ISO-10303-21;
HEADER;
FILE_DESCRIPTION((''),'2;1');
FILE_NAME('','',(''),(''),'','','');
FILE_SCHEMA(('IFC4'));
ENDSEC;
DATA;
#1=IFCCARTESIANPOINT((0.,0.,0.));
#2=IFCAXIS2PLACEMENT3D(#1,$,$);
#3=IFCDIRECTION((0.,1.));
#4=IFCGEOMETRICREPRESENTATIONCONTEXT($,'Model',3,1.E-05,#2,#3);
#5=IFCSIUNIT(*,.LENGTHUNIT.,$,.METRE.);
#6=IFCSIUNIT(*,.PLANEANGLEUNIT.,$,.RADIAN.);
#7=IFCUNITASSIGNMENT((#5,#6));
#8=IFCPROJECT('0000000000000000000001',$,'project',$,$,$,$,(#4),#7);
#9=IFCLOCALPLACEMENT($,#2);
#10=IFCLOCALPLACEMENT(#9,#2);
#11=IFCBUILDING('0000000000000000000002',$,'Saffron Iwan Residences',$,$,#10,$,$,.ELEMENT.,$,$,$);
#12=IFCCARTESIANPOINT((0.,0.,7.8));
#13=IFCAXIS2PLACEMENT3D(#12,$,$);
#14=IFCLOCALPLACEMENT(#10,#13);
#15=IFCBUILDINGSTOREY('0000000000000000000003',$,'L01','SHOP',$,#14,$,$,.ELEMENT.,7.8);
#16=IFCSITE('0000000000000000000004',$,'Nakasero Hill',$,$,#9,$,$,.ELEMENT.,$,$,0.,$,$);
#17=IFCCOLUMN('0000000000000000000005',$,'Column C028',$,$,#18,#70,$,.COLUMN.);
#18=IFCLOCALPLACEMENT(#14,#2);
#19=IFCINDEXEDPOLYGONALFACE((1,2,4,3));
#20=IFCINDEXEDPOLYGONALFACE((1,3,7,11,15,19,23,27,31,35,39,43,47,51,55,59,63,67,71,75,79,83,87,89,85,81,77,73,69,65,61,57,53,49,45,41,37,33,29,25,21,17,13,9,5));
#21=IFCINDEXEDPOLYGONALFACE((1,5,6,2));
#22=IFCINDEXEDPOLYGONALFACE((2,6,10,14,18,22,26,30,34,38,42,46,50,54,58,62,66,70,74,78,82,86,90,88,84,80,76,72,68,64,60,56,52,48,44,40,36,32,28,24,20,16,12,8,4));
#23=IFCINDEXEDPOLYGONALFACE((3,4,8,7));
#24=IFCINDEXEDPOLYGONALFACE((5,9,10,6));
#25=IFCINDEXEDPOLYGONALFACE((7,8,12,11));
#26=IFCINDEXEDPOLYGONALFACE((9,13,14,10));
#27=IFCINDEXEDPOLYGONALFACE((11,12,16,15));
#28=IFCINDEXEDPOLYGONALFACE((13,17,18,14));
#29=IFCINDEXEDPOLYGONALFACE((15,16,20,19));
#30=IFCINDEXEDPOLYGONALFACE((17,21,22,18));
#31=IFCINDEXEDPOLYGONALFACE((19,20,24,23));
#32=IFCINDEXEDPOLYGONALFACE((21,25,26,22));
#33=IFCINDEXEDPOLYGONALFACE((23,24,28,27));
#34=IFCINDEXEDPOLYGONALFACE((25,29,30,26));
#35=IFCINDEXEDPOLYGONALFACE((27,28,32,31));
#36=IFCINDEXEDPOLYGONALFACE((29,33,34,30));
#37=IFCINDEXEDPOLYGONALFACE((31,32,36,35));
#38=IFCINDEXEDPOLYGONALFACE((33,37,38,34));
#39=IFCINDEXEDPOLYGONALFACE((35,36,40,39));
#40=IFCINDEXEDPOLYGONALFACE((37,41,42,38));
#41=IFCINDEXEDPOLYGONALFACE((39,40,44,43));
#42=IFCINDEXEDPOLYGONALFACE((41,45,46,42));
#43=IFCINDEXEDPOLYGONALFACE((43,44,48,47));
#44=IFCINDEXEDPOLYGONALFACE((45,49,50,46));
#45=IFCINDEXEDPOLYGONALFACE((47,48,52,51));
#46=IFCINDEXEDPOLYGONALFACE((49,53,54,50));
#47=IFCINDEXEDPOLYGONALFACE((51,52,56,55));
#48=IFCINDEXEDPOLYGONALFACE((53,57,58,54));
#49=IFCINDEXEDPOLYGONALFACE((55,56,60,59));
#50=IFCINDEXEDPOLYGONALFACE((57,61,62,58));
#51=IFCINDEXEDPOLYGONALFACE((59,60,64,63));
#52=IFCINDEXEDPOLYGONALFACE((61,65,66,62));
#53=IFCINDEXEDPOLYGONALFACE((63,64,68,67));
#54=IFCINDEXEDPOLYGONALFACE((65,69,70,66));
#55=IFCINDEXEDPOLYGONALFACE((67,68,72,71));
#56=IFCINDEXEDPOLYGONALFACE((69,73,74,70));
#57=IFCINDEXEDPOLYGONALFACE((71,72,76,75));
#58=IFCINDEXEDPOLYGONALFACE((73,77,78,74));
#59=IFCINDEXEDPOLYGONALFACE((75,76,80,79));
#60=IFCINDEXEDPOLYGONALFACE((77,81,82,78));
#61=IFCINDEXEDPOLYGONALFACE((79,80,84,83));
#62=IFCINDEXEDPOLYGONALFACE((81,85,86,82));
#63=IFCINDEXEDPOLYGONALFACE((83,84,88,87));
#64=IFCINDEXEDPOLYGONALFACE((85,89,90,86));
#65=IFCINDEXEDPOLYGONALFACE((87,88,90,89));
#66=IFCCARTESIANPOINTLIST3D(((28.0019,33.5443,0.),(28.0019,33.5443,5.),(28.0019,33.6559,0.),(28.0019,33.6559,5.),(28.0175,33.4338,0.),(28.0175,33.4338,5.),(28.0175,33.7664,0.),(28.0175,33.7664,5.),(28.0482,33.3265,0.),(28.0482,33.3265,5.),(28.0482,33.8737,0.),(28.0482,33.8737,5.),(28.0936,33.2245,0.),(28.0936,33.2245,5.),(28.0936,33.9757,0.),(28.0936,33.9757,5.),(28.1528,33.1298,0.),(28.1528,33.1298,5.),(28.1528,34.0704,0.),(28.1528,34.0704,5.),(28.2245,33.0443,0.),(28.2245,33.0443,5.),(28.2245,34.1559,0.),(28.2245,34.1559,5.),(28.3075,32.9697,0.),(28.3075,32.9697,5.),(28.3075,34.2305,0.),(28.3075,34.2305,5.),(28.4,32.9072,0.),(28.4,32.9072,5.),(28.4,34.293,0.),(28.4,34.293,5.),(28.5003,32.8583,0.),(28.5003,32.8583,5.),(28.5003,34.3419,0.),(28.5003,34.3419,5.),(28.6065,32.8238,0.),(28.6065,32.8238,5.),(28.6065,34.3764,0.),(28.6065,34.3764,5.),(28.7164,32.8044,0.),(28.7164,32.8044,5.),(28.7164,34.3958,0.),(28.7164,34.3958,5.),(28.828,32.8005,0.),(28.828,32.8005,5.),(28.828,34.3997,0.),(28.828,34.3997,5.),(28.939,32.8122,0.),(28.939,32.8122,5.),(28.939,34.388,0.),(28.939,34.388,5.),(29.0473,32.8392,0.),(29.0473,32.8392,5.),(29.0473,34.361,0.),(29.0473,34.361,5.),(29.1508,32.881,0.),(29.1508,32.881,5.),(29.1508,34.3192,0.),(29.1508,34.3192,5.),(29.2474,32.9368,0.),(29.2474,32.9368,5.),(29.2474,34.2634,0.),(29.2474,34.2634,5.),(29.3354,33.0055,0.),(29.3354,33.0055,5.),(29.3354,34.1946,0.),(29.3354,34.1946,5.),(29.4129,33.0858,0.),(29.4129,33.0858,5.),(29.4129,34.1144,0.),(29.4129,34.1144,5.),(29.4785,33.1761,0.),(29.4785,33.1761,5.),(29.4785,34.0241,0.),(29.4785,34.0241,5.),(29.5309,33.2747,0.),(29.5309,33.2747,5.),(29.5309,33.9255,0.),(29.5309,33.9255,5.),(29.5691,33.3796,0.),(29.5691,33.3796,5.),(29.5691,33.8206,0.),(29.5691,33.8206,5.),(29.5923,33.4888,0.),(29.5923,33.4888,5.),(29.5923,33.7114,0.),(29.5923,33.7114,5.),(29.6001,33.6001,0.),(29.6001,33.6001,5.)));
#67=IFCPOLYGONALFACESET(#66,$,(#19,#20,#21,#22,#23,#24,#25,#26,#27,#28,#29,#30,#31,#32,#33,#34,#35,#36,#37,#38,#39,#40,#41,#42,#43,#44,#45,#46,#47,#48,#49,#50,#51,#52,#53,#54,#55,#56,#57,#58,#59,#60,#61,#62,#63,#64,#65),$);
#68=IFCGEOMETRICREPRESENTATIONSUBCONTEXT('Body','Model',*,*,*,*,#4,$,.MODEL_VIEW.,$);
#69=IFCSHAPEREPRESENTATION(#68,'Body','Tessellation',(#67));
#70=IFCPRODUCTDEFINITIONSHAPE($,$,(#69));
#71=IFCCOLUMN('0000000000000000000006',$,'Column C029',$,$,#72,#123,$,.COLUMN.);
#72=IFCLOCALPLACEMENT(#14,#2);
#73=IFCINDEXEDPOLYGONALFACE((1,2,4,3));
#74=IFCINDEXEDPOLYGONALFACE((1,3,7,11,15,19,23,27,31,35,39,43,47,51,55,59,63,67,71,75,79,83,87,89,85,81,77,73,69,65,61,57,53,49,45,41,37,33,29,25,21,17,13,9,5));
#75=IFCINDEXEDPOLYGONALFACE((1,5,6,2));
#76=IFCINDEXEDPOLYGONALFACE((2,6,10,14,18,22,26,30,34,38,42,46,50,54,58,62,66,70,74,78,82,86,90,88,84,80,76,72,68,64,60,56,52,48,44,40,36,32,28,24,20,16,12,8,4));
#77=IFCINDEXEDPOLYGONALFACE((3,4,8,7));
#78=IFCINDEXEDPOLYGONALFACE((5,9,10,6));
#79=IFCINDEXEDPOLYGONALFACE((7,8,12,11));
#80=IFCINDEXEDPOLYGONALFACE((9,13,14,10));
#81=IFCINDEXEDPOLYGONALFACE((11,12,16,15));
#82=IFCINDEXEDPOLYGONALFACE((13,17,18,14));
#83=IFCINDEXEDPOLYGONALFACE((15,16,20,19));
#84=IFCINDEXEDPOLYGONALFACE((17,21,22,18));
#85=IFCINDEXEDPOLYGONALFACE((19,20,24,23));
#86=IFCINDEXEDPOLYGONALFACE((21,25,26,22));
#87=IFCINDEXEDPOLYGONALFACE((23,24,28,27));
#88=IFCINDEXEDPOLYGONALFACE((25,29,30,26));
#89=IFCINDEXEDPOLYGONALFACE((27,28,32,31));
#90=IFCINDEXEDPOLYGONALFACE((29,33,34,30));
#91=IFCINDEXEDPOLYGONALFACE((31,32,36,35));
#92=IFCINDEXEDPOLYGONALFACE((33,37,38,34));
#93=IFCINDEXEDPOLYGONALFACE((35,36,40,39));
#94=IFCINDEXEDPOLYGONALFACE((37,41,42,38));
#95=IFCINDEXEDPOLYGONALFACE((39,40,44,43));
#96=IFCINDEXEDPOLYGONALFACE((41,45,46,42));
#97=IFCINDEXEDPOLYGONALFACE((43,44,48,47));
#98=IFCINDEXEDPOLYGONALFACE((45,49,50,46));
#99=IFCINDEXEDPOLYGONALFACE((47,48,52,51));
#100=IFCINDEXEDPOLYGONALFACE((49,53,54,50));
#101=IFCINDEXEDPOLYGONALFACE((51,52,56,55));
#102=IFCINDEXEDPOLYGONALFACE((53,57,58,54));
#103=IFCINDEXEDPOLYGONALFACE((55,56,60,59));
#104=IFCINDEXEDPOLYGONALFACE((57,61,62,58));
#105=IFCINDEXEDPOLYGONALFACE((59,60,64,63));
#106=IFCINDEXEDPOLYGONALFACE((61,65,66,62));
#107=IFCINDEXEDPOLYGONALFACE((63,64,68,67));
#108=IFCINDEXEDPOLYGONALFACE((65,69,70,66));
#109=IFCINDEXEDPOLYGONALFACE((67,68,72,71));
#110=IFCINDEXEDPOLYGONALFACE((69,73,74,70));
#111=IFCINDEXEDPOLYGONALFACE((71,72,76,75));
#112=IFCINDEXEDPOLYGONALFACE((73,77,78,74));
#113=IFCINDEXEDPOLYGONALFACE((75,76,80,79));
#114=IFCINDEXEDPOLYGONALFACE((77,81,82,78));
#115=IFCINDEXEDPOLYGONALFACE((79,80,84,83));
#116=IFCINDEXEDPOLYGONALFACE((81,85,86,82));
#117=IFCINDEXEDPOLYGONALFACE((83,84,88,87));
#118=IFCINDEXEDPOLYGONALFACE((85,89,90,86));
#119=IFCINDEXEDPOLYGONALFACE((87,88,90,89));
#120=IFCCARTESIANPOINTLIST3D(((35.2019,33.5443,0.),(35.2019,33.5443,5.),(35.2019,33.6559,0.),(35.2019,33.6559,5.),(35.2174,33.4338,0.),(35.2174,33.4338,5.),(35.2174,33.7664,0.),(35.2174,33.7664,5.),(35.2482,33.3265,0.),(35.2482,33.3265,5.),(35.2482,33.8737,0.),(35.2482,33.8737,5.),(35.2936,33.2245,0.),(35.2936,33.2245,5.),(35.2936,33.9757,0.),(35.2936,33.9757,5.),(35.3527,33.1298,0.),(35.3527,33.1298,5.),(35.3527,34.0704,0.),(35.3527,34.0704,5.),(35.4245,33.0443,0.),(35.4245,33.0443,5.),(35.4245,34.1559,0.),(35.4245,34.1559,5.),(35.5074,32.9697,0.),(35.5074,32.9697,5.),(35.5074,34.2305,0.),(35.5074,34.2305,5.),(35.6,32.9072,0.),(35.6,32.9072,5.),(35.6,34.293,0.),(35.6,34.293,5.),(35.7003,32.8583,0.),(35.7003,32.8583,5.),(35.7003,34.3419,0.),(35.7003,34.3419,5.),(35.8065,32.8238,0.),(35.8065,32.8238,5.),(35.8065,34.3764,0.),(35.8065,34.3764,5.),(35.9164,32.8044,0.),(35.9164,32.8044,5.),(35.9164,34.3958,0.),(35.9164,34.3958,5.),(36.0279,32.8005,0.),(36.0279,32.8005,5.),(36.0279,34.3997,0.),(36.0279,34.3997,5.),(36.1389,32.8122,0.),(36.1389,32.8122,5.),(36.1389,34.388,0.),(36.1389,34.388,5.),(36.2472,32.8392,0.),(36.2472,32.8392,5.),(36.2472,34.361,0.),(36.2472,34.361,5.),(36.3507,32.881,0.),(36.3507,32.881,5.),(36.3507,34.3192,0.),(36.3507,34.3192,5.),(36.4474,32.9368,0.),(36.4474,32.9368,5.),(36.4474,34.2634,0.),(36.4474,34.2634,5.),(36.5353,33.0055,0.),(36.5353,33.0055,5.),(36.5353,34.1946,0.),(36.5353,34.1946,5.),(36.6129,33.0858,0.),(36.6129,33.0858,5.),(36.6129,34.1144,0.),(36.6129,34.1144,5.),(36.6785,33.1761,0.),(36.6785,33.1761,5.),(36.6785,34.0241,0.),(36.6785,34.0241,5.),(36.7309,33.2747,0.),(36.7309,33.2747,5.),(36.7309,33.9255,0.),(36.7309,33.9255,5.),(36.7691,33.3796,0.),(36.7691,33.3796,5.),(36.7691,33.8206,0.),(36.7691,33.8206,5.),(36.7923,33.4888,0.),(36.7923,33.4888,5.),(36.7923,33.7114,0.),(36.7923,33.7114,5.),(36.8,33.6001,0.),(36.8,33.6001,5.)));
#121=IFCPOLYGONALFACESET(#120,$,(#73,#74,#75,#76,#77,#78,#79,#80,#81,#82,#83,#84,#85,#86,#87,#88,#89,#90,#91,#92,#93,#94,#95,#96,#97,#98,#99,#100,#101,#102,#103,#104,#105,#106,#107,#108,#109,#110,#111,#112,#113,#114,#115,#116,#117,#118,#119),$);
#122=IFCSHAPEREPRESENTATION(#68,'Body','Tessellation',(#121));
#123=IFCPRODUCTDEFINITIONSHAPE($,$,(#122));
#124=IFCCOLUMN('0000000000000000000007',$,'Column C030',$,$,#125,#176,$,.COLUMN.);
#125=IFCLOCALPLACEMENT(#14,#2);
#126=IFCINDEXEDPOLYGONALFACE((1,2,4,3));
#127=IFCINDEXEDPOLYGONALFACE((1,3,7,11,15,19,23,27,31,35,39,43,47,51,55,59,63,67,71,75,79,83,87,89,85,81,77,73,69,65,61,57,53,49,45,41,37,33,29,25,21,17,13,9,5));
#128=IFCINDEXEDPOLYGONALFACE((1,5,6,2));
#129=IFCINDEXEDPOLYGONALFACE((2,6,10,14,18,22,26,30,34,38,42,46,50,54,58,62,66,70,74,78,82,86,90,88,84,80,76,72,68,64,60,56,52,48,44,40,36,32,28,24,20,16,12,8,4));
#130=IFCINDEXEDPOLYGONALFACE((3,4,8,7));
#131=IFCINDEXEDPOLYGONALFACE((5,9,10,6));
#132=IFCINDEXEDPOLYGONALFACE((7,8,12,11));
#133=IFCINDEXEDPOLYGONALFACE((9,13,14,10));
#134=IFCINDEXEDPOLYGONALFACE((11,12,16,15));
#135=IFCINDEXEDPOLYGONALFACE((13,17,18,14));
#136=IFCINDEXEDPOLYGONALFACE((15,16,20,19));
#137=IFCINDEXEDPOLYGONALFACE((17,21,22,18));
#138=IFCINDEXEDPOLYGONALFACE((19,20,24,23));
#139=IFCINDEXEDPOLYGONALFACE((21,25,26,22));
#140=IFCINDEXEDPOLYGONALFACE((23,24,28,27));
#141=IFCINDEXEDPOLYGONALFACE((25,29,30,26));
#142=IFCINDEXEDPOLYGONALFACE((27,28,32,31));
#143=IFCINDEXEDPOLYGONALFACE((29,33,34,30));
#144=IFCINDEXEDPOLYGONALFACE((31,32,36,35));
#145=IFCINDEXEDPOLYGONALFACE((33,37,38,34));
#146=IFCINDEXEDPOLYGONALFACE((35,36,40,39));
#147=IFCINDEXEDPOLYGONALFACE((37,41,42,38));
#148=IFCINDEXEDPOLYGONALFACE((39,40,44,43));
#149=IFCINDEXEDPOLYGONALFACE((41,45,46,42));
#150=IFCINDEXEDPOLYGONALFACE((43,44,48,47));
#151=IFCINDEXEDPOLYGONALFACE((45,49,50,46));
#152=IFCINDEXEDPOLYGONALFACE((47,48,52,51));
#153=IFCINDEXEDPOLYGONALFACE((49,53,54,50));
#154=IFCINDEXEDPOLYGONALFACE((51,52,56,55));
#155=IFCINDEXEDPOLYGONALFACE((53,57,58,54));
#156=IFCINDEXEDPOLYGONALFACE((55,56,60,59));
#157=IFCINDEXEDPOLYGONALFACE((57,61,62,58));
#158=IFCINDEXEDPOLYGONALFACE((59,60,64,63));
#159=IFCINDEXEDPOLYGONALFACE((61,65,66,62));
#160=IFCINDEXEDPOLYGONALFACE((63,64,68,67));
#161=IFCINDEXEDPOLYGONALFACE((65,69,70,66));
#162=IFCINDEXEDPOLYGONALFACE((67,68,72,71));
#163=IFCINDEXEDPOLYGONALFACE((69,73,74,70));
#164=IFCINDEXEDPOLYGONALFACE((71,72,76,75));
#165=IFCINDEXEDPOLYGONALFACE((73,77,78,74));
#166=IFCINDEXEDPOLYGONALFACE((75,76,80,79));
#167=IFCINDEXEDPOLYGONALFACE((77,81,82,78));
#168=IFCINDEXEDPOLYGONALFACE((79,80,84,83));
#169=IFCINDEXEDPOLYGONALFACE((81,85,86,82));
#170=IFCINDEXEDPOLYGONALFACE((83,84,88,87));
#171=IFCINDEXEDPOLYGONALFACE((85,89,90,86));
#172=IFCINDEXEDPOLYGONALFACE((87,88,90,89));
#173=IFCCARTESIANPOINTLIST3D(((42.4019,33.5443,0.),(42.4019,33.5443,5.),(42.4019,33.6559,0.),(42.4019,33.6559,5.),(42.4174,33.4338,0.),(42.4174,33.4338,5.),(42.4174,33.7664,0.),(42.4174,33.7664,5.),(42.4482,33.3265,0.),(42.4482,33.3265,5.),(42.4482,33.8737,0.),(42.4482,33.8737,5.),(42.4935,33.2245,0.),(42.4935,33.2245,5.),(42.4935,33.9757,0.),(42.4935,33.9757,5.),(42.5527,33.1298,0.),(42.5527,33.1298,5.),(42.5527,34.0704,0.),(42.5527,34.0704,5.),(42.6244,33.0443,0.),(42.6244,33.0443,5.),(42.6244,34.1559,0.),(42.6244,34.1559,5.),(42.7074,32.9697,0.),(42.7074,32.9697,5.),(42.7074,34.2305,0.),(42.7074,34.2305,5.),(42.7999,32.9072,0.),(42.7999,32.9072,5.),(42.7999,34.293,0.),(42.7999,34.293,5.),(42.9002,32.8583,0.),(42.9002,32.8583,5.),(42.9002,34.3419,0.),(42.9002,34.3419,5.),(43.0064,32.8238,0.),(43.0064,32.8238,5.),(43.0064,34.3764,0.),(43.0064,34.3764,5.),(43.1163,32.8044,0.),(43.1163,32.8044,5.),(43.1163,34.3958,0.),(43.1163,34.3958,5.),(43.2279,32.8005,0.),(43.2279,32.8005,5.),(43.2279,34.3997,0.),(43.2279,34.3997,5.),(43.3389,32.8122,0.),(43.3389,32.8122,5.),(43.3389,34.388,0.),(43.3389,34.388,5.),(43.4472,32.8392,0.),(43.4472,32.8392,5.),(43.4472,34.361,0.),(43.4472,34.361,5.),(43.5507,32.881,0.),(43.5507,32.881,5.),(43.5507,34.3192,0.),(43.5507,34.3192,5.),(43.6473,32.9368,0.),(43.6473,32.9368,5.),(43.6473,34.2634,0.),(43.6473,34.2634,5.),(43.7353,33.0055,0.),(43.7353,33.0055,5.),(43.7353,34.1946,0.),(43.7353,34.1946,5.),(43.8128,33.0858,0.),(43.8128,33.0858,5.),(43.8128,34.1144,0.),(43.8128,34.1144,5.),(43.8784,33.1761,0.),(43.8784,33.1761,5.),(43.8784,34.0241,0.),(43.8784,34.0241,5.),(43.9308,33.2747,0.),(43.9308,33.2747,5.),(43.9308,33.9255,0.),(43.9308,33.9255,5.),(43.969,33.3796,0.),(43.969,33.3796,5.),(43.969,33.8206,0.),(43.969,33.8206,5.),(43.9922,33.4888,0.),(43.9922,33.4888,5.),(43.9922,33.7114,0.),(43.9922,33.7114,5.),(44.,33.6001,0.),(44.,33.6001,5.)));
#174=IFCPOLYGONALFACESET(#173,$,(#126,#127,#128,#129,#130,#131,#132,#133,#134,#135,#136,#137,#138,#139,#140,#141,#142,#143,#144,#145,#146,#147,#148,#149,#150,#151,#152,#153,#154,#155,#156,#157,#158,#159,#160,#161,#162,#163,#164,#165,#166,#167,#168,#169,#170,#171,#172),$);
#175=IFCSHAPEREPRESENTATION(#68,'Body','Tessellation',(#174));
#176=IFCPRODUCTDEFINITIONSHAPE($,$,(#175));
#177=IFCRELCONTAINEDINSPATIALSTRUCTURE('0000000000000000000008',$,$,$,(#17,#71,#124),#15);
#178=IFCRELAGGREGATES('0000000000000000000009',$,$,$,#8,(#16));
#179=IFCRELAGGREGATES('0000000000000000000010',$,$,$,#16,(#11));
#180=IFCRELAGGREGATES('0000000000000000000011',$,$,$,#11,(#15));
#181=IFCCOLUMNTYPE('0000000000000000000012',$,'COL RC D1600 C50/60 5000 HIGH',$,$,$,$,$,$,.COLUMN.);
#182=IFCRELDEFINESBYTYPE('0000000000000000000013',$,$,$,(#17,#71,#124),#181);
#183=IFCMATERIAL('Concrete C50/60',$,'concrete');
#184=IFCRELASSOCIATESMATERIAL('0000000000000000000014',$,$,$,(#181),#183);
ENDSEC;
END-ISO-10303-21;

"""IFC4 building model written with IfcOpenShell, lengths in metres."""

from ifc_helpers import new_model, si_unit, direction, frame, origin, origin_2d, place, context, subcontext, project, spatial, circle, extrude, source, transform, mapped, material, material_profile, profile_set, type_object, element, save


model = new_model("IFC4")

# Units and contexts
model_context = context("Model", 3, precision=1e-05, world=origin(), true_north=direction((0.0, 1.0)))
body_context = subcontext(model_context, "Body", "Model", "MODEL_VIEW")
ifc_project = project(units=[si_unit("LENGTHUNIT", "METRE"), si_unit("PLANEANGLEUNIT", "RADIAN")], contexts=[model_context])

# Site, building, storey
site_placement = place(None, origin())
site = spatial("IfcSite", under=ifc_project, at=site_placement, Name="Nakasero Hill", CompositionType="ELEMENT", RefElevation=0.0)
building_placement = place(site_placement, origin())
building = spatial("IfcBuilding", under=site, at=building_placement, Name="Saffron Iwan Residences", CompositionType="ELEMENT")
storey_placement = place(building_placement, frame((0.0, 0.0, 7.8)))
storey = spatial("IfcBuildingStorey", under=building, at=storey_placement, Name="L01", Description="SHOP", CompositionType="ELEMENT", Elevation=7.8)

# Columns
ifc_material_1 = material(Name="Concrete C50/60", Category="concrete")
ifc_material_profile_1 = material_profile(ifc_material_1, circle(Radius=0.8, at=origin_2d()), Name="RC D1600")
ifc_profile_set_1 = profile_set([ifc_material_profile_1], Name="Concrete C50/60")
column_type = type_object("IfcColumnType", Name="COL RC D1600 C50/60 5000 HIGH", PredefinedType="COLUMN", material=ifc_profile_set_1)
shared_shape_1 = source(origin(), body_context, "Body", "SweptSolid", [
    extrude(circle(Radius=0.8, at=origin_2d()), origin(), (0.0, 0.0, 1.0), 5.0),
])
for number, where, z_axis, x_axis, name in (
    (1, (28.8, 33.6001, 0.0), (0.0, 0.0, 1.0), (1.0, 0.0, 0.0), "Column C028"),
    (2, (36.0, 33.6001, 0.0), (0.0, 0.0, 1.0), (1.0, 0.0, 0.0), "Column C029"),
    (3, (43.2, 33.6001, 0.0), (0.0, 0.0, 1.0), (1.0, 0.0, 0.0), "Column C030"),
):
    element("IfcColumn", number, at=place(storey_placement, frame(where, z_axis=z_axis, x_axis=x_axis)), inside=storey, type_object=column_type, Name=name, PredefinedType="COLUMN", context=body_context, shape_type="MappedRepresentation", body=[
        mapped(shared_shape_1, transform((0.0, 0.0, 0.0))),
    ])

save(model, "model.ifc")
